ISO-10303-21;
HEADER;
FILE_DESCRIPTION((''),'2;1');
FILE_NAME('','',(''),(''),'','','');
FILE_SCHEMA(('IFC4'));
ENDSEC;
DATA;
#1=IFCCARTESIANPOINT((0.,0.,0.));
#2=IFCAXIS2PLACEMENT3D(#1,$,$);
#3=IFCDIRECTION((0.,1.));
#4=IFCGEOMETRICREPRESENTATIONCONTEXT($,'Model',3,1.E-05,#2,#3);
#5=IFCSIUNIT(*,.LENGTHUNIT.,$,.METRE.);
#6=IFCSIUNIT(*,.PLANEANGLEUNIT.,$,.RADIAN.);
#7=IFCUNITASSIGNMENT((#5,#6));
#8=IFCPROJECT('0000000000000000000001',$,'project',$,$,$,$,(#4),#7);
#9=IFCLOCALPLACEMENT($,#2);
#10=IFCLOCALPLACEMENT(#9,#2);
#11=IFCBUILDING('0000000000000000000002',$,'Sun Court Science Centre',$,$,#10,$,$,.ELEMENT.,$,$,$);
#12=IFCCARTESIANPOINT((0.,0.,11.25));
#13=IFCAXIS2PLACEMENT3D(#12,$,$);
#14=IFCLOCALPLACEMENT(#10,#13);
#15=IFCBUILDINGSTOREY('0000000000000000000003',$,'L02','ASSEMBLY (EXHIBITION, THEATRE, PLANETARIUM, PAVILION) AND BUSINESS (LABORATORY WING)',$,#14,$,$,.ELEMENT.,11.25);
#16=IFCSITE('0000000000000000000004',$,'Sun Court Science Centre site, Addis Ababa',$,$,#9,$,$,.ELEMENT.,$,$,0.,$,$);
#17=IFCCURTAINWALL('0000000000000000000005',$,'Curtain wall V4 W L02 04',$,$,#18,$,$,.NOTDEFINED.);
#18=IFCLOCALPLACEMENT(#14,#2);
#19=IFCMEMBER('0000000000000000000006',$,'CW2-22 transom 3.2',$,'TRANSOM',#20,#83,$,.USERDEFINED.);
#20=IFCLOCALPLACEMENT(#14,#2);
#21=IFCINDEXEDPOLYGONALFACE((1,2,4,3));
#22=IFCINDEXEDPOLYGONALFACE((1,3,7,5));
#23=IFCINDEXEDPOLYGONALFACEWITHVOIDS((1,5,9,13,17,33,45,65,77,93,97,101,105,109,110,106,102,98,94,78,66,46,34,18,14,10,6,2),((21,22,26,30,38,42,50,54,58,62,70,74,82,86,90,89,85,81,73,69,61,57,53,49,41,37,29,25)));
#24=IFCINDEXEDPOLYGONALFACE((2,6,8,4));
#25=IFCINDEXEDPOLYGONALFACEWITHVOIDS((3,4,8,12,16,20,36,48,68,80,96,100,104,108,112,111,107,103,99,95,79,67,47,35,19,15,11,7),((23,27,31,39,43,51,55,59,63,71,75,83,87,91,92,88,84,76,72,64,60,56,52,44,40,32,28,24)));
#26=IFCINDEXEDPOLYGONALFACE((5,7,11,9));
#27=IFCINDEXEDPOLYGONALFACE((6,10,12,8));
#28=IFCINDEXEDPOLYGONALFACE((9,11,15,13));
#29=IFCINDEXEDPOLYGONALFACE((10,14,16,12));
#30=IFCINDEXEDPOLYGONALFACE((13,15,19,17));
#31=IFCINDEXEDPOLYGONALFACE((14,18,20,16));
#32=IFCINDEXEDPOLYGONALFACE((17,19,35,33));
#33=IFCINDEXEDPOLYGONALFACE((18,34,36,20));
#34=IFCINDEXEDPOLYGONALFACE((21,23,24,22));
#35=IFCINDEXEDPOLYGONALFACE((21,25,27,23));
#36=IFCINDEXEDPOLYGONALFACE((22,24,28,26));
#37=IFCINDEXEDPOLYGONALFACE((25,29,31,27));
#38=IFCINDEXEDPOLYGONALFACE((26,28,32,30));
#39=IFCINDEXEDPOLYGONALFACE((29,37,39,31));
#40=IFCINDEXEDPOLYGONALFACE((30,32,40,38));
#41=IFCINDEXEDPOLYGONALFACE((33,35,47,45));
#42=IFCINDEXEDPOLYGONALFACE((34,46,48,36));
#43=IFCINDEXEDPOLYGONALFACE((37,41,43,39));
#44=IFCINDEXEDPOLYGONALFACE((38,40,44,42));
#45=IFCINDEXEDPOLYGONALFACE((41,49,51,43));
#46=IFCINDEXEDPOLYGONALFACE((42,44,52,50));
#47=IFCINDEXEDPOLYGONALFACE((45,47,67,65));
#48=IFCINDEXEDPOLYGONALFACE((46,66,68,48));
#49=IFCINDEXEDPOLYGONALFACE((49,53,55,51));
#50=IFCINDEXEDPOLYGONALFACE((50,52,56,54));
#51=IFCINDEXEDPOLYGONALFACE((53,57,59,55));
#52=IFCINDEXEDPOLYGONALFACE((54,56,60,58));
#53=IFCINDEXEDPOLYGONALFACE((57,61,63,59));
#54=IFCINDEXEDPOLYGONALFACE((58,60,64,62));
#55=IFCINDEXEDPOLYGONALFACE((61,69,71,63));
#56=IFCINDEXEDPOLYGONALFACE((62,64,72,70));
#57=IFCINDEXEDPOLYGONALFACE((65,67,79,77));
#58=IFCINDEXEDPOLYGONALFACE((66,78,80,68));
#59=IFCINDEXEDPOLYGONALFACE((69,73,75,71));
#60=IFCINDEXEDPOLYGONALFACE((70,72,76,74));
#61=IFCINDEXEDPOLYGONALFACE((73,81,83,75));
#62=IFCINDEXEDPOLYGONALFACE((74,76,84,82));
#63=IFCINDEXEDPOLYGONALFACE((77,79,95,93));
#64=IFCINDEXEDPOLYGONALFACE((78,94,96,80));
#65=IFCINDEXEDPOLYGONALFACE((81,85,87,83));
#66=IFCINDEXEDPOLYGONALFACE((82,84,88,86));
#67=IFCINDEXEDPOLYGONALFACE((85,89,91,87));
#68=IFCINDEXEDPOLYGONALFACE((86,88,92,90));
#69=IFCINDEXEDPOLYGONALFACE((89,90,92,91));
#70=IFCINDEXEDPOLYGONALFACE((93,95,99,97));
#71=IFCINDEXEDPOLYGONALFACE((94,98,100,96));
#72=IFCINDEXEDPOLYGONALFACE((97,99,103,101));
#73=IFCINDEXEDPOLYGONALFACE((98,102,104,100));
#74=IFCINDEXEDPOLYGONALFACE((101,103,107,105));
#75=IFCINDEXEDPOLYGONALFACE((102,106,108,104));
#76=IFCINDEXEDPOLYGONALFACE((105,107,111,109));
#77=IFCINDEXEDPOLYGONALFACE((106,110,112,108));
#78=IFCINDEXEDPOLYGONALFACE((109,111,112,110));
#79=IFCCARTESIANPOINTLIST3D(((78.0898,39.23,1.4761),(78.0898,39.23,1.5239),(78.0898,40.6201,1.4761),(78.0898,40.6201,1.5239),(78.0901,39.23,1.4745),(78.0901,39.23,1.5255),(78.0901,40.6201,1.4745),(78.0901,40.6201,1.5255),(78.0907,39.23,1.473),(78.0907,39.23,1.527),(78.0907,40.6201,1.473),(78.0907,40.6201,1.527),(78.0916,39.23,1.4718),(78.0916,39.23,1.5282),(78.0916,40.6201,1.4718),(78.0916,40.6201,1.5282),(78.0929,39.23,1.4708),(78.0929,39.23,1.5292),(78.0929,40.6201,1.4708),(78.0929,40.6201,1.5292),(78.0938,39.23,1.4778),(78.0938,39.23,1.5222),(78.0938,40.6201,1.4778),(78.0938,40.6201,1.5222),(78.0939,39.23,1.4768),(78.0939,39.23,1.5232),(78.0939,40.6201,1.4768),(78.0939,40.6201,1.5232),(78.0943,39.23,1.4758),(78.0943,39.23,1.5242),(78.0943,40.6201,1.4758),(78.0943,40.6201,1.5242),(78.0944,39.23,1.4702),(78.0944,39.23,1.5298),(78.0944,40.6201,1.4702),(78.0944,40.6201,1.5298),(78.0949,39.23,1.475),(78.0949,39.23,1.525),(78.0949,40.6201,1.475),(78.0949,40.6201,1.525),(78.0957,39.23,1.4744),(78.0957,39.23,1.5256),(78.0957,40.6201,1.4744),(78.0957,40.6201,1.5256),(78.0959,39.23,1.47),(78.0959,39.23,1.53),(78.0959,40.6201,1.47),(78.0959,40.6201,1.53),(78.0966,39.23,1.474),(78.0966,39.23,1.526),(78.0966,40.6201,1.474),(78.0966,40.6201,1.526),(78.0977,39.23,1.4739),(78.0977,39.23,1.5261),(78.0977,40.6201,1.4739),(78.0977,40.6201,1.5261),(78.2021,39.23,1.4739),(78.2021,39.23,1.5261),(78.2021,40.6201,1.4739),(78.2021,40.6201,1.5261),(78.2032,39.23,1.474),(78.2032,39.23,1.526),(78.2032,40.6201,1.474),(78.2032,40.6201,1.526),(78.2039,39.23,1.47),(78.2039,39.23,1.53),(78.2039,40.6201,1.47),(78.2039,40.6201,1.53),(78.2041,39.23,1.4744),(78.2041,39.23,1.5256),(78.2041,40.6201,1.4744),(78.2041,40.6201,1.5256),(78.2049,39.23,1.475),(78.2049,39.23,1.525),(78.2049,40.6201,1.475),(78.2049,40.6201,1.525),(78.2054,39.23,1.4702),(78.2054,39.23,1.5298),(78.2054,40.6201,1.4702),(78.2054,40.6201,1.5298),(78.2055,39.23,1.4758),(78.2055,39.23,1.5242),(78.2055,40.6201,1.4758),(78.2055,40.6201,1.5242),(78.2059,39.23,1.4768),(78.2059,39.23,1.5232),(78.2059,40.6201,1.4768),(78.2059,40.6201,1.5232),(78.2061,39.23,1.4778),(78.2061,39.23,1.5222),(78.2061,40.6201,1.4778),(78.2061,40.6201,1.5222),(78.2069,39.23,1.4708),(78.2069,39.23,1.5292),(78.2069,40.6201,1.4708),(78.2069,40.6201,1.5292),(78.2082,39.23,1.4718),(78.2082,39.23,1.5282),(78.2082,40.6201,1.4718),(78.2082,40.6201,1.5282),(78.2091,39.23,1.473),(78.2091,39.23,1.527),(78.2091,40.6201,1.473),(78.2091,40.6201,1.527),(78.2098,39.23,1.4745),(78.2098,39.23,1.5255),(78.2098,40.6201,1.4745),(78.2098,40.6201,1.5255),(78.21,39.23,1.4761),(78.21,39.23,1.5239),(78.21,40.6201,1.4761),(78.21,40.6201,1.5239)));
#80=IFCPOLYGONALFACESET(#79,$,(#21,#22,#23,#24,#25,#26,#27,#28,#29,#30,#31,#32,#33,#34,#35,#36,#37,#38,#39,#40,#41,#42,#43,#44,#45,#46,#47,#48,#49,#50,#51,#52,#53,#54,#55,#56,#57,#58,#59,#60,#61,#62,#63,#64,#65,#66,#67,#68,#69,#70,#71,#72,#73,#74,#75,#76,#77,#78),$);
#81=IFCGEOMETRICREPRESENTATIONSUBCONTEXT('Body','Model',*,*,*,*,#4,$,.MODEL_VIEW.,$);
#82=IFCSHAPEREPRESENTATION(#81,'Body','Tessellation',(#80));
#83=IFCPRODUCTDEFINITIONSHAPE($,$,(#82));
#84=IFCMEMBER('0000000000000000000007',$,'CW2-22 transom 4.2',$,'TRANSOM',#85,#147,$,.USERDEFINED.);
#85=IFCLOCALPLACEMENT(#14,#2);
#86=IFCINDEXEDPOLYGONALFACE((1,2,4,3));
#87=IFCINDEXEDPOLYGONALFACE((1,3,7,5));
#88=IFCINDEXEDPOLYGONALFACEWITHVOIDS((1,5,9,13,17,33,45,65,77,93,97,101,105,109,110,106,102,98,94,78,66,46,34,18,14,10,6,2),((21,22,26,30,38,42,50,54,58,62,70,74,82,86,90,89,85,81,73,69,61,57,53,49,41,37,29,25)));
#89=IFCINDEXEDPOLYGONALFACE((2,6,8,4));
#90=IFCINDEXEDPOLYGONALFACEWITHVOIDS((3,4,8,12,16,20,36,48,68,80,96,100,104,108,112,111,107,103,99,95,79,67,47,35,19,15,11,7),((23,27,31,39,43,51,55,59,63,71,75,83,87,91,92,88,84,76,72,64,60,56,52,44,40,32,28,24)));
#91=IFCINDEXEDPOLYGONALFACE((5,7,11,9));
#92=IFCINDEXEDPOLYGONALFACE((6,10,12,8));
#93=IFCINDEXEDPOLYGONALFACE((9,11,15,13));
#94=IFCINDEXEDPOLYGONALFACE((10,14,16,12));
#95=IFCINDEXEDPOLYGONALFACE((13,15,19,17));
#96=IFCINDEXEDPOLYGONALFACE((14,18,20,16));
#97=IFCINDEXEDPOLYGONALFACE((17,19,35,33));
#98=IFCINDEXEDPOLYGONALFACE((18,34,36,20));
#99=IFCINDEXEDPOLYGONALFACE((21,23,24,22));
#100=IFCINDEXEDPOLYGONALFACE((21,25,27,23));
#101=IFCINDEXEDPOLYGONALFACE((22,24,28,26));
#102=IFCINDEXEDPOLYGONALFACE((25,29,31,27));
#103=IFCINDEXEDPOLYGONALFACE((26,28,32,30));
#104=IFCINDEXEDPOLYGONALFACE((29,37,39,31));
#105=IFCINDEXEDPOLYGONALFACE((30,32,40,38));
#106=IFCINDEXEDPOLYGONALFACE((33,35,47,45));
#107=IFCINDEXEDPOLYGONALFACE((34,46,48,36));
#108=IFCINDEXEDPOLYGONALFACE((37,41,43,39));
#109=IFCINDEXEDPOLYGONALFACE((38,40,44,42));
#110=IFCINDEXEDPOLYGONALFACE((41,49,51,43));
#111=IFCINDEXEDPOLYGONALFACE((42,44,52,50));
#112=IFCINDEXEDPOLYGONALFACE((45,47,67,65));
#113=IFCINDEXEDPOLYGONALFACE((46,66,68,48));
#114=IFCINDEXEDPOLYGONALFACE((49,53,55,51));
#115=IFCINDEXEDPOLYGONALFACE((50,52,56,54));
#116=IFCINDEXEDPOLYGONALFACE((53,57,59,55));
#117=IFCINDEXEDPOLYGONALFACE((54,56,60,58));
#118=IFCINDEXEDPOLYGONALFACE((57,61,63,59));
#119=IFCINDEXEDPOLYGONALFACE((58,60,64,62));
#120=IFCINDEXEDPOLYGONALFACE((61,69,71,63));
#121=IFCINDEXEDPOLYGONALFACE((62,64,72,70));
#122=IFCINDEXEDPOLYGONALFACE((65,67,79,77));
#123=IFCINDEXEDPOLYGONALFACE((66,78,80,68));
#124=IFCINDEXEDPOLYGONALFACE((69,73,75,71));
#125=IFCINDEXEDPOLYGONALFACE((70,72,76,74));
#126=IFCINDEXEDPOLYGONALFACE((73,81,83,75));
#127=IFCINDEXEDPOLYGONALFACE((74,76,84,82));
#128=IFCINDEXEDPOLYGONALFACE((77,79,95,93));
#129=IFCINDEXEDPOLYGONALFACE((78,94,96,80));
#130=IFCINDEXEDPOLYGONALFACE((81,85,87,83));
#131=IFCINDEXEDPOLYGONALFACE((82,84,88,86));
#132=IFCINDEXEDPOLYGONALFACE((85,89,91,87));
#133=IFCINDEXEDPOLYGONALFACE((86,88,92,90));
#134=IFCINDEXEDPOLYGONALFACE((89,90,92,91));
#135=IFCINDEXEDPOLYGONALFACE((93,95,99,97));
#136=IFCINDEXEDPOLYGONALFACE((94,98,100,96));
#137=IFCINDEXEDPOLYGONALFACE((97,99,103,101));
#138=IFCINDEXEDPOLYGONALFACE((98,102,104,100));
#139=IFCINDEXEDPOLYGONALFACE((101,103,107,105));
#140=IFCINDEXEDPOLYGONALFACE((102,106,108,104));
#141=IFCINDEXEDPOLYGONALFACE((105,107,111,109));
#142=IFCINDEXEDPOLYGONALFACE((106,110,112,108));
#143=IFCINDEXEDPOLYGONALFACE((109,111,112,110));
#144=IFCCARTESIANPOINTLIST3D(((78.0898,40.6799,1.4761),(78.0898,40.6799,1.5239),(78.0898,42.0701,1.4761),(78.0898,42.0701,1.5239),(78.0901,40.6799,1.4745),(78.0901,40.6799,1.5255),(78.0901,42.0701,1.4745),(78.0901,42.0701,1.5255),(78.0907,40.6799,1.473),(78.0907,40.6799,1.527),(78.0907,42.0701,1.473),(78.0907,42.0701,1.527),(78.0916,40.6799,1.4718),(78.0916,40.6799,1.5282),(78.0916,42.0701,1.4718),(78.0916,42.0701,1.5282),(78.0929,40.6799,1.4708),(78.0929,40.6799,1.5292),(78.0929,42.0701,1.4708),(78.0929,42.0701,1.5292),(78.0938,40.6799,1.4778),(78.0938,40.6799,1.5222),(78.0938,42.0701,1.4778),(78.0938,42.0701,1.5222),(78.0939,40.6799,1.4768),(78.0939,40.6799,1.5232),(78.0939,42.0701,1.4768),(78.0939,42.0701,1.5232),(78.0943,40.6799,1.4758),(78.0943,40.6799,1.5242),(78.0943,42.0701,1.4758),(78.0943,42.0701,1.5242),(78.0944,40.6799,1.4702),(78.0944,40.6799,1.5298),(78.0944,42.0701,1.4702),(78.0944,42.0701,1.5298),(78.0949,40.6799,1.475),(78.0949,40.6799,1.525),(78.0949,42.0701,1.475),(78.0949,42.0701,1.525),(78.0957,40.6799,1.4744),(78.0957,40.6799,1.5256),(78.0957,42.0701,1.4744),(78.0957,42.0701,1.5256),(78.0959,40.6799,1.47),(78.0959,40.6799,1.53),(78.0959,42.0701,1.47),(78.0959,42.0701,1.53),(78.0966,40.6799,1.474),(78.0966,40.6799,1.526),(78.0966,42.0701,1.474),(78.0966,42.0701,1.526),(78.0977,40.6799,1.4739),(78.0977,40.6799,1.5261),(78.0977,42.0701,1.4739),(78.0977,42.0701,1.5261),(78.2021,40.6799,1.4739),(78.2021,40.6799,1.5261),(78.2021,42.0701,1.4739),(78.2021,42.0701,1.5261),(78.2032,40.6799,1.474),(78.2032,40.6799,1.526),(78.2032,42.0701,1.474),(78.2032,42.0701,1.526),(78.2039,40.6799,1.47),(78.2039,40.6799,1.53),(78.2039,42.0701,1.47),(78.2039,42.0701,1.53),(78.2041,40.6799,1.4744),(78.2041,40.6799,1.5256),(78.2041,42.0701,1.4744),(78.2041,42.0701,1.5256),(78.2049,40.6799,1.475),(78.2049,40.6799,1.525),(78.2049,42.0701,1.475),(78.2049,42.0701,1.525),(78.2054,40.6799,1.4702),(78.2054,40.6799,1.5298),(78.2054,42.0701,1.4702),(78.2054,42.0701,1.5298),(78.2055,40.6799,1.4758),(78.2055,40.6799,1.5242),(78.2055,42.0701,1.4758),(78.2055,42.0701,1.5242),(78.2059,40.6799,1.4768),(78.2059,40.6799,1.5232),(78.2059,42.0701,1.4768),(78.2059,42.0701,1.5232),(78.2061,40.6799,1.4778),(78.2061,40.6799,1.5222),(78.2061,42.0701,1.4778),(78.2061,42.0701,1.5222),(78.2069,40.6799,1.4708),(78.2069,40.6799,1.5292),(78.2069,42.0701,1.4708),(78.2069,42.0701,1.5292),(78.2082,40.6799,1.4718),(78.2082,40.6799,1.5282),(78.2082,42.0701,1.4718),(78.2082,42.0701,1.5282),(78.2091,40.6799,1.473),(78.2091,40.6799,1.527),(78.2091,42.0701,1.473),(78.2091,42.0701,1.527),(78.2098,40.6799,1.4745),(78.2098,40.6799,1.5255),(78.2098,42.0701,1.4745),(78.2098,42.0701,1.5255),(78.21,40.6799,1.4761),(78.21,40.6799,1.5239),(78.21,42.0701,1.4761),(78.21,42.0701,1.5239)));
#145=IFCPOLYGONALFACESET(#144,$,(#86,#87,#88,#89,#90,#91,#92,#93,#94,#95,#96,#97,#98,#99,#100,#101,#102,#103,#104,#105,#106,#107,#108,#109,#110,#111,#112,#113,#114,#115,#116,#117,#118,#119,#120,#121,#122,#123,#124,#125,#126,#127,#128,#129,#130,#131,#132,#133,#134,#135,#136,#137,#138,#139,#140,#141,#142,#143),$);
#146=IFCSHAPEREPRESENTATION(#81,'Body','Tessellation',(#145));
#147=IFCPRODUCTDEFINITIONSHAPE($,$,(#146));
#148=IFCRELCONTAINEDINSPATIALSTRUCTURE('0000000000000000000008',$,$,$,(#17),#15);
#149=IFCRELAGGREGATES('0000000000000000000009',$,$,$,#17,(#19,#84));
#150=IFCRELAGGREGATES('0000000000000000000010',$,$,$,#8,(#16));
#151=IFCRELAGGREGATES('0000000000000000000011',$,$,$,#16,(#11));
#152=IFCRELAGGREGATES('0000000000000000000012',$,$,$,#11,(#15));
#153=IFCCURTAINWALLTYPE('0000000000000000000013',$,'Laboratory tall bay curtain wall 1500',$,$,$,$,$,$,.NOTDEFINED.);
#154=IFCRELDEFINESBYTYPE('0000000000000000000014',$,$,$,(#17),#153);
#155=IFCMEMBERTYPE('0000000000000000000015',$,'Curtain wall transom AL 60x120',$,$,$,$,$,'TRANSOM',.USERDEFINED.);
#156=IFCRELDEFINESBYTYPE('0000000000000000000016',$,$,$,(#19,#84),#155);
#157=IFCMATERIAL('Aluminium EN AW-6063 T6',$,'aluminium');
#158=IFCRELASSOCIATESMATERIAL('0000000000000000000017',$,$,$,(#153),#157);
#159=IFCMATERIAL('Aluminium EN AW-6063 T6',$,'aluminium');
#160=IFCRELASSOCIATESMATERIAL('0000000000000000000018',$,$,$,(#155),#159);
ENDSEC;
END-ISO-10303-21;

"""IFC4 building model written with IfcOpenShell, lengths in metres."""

from ifc_helpers import new_model, si_unit, direction, frame, origin, origin_2d, place, context, subcontext, project, spatial, hollow_rectangle, extrude, material, material_profile, profile_set, type_object, element, aggregate, save


model = new_model("IFC4")

# Units and contexts
model_context = context("Model", 3, precision=1e-05, world=origin(), true_north=direction((0.0, 1.0)))
body_context = subcontext(model_context, "Body", "Model", "MODEL_VIEW")
ifc_project = project(units=[si_unit("LENGTHUNIT", "METRE"), si_unit("PLANEANGLEUNIT", "RADIAN")], contexts=[model_context])

# Site, building, storey
site_placement = place(None, origin())
site = spatial("IfcSite", under=ifc_project, at=site_placement, Name="Sun Court Science Centre site, Addis Ababa", CompositionType="ELEMENT", RefElevation=0.0)
building_placement = place(site_placement, origin())
building = spatial("IfcBuilding", under=site, at=building_placement, Name="Sun Court Science Centre", CompositionType="ELEMENT")
storey_placement = place(building_placement, frame((0.0, 0.0, 11.25)))
storey = spatial("IfcBuildingStorey", under=building, at=storey_placement, Name="L02", Description="ASSEMBLY (EXHIBITION, THEATRE, PLANETARIUM, PAVILION) AND BUSINESS (LABORATORY WING)", CompositionType="ELEMENT", Elevation=11.25)

# Curtain wall, members
ifc_material_1 = material(Name="Aluminium EN AW-6063 T6", Category="aluminium")
curtain_wall_type = type_object("IfcCurtainWallType", Name="Laboratory tall bay curtain wall 1500", PredefinedType="NOTDEFINED", material=ifc_material_1)
curtain_wall_placement = place(storey_placement, origin())
curtain_wall = element("IfcCurtainWall", 1, at=curtain_wall_placement, inside=storey, type_object=curtain_wall_type, Name="Curtain wall V4 W L02 04", PredefinedType="NOTDEFINED")
ifc_material_2 = material(Name="Aluminium EN AW-6063 T6", Category="aluminium")
ifc_material_profile_1 = material_profile(ifc_material_2, hollow_rectangle(XDim=0.0601, YDim=0.1201, WallThickness=0.0039, InnerFilletRadius=0.0039, OuterFilletRadius=0.0061, at=origin_2d()), Name="AL 60x120x4")
ifc_profile_set_1 = profile_set([ifc_material_profile_1], Name="Aluminium EN AW-6063 T6")
member_type_1 = type_object("IfcMemberType", Name="Curtain wall transom AL 60x120", ElementType="TRANSOM", PredefinedType="USERDEFINED", material=ifc_profile_set_1)
member_1_placement = place(storey_placement, frame((78.1499, 39.23, 1.5), z_axis=(0.0, 1.0, 0.0), x_axis=(0.0, 0.0, 1.0)))
member_1 = element("IfcMember", 2, at=member_1_placement, type_object=member_type_1, Name="CW2-22 transom 3.2", ObjectType="TRANSOM", PredefinedType="USERDEFINED", context=body_context, shape_type="SweptSolid", body=[
    extrude(hollow_rectangle(XDim=0.0601, YDim=0.1201, WallThickness=0.0039, InnerFilletRadius=0.0039, OuterFilletRadius=0.0061, at=origin_2d()), origin(), (0.0, 0.0, 1.0), 1.3901),
])
member_2_placement = place(storey_placement, frame((78.1499, 40.6799, 1.5), z_axis=(0.0, 1.0, 0.0), x_axis=(0.0, 0.0, 1.0)))
member_2 = element("IfcMember", 3, at=member_2_placement, type_object=member_type_1, Name="CW2-22 transom 4.2", ObjectType="TRANSOM", PredefinedType="USERDEFINED", context=body_context, shape_type="SweptSolid", body=[
    extrude(hollow_rectangle(XDim=0.0601, YDim=0.1201, WallThickness=0.0039, InnerFilletRadius=0.0039, OuterFilletRadius=0.0061, at=origin_2d()), origin(), (0.0, 0.0, 1.0), 1.3901),
])
aggregate(curtain_wall, [member_1, member_2])

save(model, "model.ifc")
